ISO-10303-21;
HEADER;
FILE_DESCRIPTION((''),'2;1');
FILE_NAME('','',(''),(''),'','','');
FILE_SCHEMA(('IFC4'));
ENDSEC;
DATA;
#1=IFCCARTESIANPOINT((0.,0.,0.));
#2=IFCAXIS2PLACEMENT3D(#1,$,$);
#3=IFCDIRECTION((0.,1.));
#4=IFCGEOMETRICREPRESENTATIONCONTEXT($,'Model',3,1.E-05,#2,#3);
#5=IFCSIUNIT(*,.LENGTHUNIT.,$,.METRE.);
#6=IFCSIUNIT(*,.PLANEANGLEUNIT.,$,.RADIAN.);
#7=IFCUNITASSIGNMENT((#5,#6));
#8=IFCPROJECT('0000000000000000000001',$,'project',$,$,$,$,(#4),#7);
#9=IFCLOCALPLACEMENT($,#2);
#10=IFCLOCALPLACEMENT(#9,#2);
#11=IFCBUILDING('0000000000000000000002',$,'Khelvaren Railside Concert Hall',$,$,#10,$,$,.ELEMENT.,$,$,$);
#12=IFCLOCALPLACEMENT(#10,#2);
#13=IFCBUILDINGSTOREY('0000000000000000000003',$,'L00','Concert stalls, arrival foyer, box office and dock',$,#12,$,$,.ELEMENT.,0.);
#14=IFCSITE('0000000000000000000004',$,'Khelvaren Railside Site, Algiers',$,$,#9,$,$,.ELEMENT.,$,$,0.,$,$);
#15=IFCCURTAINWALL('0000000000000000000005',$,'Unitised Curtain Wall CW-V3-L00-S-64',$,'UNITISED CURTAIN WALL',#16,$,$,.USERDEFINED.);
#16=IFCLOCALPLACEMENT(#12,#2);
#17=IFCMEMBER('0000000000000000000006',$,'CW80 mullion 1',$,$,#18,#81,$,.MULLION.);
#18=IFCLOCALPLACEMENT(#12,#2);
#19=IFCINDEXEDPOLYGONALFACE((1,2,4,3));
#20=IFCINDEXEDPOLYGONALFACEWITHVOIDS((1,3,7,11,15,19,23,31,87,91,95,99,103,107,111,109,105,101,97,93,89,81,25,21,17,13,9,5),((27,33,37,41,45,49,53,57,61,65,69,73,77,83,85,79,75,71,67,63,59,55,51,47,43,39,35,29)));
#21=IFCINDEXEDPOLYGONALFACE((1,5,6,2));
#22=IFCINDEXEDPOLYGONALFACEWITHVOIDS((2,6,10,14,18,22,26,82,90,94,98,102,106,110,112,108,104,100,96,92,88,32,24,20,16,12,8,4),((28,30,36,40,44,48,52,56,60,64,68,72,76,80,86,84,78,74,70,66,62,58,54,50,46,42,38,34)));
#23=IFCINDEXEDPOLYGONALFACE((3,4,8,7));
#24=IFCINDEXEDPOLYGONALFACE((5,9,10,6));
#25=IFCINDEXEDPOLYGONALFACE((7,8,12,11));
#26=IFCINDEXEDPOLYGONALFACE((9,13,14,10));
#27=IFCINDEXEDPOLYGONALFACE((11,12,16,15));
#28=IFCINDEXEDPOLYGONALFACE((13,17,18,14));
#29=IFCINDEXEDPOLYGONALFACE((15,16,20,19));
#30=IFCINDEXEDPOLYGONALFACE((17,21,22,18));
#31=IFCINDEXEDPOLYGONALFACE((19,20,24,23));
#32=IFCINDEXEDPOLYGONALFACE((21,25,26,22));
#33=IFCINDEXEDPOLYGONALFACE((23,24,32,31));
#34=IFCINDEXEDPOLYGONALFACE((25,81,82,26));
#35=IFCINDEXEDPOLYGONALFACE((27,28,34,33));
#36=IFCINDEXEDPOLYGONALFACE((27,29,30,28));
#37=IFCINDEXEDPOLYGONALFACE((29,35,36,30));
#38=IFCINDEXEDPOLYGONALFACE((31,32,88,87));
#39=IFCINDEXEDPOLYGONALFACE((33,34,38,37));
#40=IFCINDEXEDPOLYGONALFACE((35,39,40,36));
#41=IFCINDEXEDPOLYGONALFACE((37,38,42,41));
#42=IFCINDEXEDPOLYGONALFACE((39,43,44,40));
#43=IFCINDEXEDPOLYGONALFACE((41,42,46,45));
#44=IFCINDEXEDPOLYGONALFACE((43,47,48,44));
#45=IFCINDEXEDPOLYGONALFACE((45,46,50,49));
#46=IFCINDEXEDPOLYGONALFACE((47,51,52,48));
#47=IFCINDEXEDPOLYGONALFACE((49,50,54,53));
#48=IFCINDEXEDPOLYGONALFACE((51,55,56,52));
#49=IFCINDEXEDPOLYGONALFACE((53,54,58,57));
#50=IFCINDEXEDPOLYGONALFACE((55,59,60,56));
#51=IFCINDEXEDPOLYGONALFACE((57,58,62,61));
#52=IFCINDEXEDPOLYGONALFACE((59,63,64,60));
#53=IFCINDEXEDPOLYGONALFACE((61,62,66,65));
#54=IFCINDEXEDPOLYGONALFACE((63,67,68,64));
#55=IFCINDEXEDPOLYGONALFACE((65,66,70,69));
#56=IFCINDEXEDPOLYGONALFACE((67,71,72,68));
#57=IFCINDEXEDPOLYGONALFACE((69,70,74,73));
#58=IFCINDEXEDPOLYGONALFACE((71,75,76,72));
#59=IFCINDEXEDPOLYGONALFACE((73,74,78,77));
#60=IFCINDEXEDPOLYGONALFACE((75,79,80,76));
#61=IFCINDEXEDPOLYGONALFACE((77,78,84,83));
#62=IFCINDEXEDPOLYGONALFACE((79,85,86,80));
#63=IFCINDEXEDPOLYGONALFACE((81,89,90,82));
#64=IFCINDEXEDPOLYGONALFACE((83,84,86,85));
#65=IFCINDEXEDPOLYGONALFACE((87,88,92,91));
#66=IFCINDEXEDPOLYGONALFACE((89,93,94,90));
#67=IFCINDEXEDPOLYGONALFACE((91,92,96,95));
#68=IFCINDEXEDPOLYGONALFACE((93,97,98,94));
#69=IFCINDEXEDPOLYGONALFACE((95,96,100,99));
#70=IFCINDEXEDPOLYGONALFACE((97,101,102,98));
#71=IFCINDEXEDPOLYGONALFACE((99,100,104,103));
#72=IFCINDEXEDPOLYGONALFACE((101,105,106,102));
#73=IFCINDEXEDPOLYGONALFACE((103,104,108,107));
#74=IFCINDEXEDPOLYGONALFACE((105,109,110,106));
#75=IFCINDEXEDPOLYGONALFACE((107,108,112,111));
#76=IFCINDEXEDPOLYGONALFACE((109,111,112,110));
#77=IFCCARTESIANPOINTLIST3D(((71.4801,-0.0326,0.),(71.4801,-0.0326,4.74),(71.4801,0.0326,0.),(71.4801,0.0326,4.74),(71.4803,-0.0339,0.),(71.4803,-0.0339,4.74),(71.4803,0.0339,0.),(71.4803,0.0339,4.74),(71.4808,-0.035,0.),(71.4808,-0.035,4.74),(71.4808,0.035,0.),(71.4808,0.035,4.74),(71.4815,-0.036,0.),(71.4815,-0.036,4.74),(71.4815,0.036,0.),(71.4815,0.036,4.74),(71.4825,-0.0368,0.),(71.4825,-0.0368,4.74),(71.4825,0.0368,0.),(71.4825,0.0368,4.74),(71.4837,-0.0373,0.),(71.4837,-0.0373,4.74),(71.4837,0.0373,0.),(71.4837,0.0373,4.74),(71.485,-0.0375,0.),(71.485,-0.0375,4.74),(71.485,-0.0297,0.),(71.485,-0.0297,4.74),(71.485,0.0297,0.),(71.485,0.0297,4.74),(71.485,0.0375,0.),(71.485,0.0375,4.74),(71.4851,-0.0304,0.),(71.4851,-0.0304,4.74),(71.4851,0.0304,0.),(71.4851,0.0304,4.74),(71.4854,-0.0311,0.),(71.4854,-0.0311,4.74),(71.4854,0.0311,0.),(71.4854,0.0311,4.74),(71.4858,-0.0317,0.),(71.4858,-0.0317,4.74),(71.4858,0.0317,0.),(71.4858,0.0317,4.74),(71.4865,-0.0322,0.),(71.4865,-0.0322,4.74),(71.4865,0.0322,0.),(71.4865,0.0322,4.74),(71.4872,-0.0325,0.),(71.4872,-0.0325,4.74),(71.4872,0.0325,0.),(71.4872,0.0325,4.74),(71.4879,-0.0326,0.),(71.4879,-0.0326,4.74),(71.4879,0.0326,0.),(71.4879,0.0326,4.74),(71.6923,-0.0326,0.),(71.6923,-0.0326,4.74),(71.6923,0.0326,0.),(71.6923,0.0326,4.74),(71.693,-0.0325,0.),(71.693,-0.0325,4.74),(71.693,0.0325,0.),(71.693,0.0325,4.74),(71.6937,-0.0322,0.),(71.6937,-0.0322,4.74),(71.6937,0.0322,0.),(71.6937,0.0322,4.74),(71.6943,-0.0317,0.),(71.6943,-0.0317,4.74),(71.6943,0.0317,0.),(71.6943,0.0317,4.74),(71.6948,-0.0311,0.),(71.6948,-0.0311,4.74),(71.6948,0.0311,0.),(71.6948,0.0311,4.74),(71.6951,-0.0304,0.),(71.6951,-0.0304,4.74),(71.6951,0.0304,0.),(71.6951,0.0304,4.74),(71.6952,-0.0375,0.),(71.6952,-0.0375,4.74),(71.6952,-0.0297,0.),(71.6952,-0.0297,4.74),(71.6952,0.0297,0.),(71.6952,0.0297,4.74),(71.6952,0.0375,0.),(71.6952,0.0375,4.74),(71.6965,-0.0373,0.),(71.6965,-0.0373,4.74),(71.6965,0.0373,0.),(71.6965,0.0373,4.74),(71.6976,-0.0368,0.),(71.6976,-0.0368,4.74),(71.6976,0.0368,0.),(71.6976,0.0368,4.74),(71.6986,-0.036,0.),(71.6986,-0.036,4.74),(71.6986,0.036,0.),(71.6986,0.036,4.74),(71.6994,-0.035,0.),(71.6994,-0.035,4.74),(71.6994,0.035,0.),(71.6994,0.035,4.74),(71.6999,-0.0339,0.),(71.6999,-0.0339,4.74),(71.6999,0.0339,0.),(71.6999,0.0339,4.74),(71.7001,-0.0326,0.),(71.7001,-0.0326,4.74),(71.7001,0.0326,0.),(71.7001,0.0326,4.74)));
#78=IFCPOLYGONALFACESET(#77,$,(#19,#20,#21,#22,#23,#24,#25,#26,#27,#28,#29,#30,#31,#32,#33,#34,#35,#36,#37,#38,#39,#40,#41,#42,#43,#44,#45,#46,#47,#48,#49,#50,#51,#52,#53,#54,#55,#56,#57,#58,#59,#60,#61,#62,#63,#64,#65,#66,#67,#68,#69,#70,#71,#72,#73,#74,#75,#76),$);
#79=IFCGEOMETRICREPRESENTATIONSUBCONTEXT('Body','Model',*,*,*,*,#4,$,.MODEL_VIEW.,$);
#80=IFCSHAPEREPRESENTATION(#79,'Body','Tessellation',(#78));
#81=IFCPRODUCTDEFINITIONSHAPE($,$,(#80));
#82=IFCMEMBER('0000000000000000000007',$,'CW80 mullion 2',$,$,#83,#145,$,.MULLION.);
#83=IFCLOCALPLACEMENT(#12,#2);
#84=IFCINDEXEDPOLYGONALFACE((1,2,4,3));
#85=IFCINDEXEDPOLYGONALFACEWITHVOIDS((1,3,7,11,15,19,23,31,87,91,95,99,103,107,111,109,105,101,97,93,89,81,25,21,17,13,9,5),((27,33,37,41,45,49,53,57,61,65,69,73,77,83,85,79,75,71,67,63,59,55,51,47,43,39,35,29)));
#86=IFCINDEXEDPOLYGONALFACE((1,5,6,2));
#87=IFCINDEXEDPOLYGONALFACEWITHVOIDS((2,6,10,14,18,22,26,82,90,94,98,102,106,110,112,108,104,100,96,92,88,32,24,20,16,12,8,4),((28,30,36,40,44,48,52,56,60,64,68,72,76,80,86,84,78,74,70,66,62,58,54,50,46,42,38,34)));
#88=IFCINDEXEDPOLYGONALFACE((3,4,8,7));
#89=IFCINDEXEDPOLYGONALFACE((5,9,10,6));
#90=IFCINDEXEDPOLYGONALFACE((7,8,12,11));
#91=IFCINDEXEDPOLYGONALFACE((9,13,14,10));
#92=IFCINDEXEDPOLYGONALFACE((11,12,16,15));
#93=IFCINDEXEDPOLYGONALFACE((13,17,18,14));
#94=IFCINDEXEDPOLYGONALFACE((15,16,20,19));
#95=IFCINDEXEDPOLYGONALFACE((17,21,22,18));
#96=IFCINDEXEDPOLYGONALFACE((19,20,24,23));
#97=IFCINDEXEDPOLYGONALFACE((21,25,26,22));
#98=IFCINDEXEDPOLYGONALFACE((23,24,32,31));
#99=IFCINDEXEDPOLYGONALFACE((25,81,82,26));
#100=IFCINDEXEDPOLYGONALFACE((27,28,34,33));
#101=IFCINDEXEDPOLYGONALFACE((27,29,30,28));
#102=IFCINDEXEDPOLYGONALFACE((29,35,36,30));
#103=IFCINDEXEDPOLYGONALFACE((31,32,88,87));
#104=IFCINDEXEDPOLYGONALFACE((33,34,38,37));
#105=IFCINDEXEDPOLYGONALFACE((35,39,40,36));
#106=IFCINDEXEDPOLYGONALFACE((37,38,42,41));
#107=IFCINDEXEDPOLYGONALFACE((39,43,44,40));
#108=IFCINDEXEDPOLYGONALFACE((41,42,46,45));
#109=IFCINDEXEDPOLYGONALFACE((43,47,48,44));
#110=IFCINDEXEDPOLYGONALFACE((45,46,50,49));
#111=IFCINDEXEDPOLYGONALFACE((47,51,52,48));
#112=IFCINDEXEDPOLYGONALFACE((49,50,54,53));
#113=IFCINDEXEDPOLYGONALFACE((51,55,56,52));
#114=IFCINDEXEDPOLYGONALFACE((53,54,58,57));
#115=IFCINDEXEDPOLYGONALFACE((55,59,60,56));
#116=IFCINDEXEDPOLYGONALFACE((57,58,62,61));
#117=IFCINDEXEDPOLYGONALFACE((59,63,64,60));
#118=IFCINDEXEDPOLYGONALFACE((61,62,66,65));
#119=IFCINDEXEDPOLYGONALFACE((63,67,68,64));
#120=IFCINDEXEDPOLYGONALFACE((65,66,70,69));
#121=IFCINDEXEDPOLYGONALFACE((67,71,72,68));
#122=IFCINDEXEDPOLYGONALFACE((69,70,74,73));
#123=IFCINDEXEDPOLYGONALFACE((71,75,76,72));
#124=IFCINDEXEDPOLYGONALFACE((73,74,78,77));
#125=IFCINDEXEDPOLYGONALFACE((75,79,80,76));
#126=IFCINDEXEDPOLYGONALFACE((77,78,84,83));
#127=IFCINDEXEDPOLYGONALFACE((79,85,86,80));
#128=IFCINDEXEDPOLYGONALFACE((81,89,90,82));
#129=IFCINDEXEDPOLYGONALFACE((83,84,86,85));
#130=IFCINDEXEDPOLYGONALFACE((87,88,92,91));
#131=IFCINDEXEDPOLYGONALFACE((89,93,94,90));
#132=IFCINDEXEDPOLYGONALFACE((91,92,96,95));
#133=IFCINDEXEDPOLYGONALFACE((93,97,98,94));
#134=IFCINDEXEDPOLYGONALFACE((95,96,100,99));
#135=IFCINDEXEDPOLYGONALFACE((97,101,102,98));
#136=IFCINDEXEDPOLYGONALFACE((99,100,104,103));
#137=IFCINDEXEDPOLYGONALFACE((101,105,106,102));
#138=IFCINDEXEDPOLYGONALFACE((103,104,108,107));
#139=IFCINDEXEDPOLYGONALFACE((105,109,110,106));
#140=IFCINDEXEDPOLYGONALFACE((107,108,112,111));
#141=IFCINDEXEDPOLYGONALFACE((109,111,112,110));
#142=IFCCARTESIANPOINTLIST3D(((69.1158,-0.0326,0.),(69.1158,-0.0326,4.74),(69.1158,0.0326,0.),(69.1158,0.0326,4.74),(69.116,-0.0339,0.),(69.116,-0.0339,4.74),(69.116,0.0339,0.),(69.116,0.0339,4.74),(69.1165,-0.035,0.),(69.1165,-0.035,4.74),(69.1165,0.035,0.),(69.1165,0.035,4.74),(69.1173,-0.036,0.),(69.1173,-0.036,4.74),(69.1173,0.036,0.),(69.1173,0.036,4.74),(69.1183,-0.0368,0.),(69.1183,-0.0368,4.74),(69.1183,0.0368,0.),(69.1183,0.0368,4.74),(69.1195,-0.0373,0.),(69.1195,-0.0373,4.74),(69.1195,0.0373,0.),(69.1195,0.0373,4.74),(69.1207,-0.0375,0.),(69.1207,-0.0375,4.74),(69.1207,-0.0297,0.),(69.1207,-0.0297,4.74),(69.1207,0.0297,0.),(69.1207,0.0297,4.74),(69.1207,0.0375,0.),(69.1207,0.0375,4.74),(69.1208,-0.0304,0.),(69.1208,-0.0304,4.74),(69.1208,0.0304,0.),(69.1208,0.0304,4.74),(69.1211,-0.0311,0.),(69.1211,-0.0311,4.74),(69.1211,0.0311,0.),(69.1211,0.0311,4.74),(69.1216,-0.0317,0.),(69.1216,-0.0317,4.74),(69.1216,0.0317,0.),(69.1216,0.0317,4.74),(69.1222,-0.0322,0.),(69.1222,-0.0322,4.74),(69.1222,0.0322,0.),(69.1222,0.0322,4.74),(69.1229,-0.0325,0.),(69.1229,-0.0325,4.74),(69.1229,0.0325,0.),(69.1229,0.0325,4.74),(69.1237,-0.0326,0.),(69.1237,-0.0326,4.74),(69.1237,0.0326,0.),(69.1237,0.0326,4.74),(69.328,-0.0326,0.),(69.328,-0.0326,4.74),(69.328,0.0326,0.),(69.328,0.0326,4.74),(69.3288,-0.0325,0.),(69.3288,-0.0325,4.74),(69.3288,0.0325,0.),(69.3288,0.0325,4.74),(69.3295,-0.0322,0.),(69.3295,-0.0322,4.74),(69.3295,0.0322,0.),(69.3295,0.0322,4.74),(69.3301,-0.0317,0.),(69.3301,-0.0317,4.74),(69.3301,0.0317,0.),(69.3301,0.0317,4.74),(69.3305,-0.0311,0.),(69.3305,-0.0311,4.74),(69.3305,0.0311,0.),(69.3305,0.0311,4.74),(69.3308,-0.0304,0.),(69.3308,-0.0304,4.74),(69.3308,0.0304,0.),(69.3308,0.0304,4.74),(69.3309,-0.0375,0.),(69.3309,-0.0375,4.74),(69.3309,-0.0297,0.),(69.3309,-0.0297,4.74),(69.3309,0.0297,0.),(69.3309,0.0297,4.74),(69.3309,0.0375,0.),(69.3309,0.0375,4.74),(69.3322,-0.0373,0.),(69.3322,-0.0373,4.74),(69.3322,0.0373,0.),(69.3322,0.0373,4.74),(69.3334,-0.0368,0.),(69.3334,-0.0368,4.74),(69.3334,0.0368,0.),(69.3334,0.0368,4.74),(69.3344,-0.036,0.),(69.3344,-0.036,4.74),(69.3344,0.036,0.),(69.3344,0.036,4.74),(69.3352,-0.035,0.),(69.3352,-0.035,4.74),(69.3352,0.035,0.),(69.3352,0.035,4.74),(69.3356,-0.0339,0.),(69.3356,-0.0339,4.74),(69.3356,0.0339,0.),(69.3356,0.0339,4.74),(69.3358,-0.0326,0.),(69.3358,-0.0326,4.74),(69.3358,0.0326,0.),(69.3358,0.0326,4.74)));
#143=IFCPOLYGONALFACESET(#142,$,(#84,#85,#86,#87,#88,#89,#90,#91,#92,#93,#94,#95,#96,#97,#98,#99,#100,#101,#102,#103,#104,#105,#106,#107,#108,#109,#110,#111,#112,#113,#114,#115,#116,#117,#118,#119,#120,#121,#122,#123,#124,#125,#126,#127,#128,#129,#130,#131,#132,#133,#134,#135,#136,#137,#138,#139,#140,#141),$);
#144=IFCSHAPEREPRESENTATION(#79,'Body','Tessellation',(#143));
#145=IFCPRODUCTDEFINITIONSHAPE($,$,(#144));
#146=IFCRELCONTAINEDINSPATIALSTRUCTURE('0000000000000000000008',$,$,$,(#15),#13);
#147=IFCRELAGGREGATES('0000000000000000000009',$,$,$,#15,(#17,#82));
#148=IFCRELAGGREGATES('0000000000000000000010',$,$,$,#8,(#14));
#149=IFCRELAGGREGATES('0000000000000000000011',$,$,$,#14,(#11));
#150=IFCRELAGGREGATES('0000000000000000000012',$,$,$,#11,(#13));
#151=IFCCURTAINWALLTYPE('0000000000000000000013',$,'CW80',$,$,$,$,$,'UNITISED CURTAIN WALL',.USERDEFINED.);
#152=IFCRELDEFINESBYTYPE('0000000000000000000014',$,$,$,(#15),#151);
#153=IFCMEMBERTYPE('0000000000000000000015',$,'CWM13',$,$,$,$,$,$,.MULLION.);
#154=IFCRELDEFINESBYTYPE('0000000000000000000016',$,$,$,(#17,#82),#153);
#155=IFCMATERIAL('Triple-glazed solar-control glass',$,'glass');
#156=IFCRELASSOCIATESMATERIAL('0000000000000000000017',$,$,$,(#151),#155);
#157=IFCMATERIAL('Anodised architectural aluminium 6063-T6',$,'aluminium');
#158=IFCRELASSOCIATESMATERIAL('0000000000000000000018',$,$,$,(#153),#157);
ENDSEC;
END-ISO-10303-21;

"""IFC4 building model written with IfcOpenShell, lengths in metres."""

from ifc_helpers import new_model, si_unit, direction, frame, origin, origin_2d, place, context, subcontext, project, spatial, hollow_rectangle, extrude, material, material_profile, profile_set, type_object, element, aggregate, save


model = new_model("IFC4")

# Units and contexts
model_context = context("Model", 3, precision=1e-05, world=origin(), true_north=direction((0.0, 1.0)))
body_context = subcontext(model_context, "Body", "Model", "MODEL_VIEW")
ifc_project = project(units=[si_unit("LENGTHUNIT", "METRE"), si_unit("PLANEANGLEUNIT", "RADIAN")], contexts=[model_context])

# Site, building, storey
site_placement = place(None, origin())
site = spatial("IfcSite", under=ifc_project, at=site_placement, Name="Khelvaren Railside Site, Algiers", CompositionType="ELEMENT", RefElevation=0.0)
building_placement = place(site_placement, origin())
building = spatial("IfcBuilding", under=site, at=building_placement, Name="Khelvaren Railside Concert Hall", CompositionType="ELEMENT")
storey_placement = place(building_placement, origin())
storey = spatial("IfcBuildingStorey", under=building, at=storey_placement, Name="L00", Description="Concert stalls, arrival foyer, box office and dock", CompositionType="ELEMENT", Elevation=0.0)

# Curtain wall, members
ifc_material_1 = material(Name="Triple-glazed solar-control glass", Category="glass")
curtain_wall_type = type_object("IfcCurtainWallType", Name="CW80", ElementType="UNITISED CURTAIN WALL", PredefinedType="USERDEFINED", material=ifc_material_1)
curtain_wall_placement = place(storey_placement, origin())
curtain_wall = element("IfcCurtainWall", 1, at=curtain_wall_placement, inside=storey, type_object=curtain_wall_type, Name="Unitised Curtain Wall CW-V3-L00-S-64", ObjectType="UNITISED CURTAIN WALL", PredefinedType="USERDEFINED")
ifc_material_2 = material(Name="Anodised architectural aluminium 6063-T6", Category="aluminium")
ifc_material_profile_1 = material_profile(ifc_material_2, hollow_rectangle(XDim=0.075, YDim=0.22, WallThickness=0.0049, InnerFilletRadius=0.0029, OuterFilletRadius=0.0049, at=origin_2d()), Name="CWM 75x220x5")
ifc_profile_set_1 = profile_set([ifc_material_profile_1], Name="Anodised architectural aluminium 6063-T6")
member_type_1 = type_object("IfcMemberType", Name="CWM13", PredefinedType="MULLION", material=ifc_profile_set_1)
member_1_placement = place(storey_placement, frame((71.5901, 0.0, 0.0), z_axis=(0.0, 0.0, 1.0), x_axis=(0.0, -1.0, 0.0)))
member_1 = element("IfcMember", 2, at=member_1_placement, type_object=member_type_1, Name="CW80 mullion 1", PredefinedType="MULLION", context=body_context, shape_type="SweptSolid", body=[
    extrude(hollow_rectangle(XDim=0.075, YDim=0.22, WallThickness=0.0049, InnerFilletRadius=0.0029, OuterFilletRadius=0.0049, at=origin_2d()), origin(), (0.0, 0.0, 1.0), 4.74),
])
member_2_placement = place(storey_placement, frame((69.2258, 0.0, 0.0), z_axis=(0.0, 0.0, 1.0), x_axis=(0.0, -1.0, 0.0)))
member_2 = element("IfcMember", 3, at=member_2_placement, type_object=member_type_1, Name="CW80 mullion 2", PredefinedType="MULLION", context=body_context, shape_type="SweptSolid", body=[
    extrude(hollow_rectangle(XDim=0.075, YDim=0.22, WallThickness=0.0049, InnerFilletRadius=0.0029, OuterFilletRadius=0.0049, at=origin_2d()), origin(), (0.0, 0.0, 1.0), 4.74),
])

aggregate(curtain_wall, [member_1, member_2])

save(model, "model.ifc")
